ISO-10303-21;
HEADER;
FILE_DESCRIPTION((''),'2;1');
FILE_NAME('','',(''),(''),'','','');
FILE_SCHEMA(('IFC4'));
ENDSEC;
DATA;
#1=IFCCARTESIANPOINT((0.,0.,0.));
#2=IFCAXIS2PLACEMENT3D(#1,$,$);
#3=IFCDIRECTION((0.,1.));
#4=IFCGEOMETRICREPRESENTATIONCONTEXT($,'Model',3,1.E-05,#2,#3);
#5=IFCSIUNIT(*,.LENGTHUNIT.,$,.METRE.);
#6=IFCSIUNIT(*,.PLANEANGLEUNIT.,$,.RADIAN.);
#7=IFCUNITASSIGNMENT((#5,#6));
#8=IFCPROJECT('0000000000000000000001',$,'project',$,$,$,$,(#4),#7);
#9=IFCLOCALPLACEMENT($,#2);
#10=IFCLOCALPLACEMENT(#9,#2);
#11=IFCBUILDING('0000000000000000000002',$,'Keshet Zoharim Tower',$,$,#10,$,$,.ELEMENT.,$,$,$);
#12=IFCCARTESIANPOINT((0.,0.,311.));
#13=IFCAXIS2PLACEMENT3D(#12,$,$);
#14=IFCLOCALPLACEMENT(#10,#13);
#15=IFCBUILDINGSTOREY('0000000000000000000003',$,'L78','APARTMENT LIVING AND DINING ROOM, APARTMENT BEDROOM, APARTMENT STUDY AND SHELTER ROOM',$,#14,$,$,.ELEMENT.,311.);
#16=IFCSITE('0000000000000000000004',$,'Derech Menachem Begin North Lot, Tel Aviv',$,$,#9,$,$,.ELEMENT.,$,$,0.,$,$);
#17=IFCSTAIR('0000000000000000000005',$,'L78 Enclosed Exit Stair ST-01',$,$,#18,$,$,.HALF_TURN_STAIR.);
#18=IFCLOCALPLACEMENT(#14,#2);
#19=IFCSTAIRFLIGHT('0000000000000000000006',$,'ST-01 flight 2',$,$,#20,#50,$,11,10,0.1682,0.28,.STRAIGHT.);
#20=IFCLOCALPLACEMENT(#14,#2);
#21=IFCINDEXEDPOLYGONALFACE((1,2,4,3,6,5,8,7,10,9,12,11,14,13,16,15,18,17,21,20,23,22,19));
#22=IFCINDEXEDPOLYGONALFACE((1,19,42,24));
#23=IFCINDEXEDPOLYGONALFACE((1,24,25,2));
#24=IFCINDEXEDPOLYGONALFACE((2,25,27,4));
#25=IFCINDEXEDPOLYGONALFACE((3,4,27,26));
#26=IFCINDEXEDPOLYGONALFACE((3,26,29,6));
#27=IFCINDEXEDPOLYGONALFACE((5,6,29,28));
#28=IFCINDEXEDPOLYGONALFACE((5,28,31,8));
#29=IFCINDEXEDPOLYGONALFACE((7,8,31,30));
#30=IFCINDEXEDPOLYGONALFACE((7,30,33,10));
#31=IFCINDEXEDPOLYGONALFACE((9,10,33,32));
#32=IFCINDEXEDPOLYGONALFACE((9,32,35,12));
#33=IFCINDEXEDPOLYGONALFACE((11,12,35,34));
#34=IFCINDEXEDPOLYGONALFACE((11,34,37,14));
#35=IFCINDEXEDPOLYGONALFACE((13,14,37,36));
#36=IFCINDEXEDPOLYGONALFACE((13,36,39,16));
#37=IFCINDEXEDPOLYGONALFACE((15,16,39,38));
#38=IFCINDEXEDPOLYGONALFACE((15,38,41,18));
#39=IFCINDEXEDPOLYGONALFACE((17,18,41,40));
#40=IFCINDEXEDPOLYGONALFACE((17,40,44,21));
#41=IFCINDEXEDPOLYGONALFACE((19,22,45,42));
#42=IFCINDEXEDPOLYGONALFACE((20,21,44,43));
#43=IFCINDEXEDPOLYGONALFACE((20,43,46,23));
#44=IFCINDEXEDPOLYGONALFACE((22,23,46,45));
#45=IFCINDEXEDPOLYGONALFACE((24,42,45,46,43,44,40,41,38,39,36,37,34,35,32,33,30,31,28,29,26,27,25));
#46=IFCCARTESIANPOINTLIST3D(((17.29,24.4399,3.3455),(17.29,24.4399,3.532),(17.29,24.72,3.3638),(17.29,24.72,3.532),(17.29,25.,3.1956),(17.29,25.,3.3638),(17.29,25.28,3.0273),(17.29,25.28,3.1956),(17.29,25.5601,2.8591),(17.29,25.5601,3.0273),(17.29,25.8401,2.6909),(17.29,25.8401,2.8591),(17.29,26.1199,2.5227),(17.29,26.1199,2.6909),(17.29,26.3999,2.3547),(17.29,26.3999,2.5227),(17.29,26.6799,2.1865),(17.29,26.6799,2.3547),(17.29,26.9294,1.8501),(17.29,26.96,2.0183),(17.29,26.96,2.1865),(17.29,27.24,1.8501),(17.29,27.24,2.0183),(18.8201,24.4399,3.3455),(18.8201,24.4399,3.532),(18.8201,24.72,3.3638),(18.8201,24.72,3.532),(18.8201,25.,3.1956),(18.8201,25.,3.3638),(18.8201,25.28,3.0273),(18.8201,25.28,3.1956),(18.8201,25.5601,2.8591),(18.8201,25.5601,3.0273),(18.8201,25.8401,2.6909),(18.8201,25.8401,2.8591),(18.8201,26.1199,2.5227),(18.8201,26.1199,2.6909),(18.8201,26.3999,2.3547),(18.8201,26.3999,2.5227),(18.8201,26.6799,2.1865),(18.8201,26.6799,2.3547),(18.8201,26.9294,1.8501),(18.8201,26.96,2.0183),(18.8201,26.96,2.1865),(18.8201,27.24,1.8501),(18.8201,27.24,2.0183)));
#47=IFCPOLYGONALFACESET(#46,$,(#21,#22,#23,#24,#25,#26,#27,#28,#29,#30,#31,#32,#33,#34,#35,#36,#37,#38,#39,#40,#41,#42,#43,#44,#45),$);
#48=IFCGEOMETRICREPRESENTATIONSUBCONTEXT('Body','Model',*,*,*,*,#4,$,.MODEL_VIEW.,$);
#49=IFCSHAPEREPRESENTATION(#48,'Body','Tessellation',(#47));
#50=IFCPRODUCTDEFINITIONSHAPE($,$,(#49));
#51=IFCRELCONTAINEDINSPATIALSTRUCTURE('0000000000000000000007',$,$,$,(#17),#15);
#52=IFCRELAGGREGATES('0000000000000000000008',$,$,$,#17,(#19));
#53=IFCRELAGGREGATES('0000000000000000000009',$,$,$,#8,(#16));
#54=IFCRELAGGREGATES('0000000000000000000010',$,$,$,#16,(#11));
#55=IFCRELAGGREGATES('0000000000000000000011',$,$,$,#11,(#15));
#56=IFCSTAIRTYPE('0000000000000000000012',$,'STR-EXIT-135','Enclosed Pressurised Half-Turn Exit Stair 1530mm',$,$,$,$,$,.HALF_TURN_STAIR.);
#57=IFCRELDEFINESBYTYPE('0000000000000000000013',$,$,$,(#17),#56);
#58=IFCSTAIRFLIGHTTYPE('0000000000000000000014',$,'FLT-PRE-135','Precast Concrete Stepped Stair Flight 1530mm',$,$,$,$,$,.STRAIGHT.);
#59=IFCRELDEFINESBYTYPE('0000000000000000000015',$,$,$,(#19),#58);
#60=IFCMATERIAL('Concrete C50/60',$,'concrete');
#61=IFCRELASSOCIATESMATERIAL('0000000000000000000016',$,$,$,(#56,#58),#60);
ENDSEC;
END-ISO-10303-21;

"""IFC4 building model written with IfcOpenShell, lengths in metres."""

from ifc_helpers import new_model, si_unit, direction, frame, origin, place, context, subcontext, project, spatial, polyline, outline, extrude, material, type_object, element, aggregate, save


model = new_model("IFC4")

# Units and contexts
model_context = context("Model", 3, precision=1e-05, world=origin(), true_north=direction((0.0, 1.0)))
body_context = subcontext(model_context, "Body", "Model", "MODEL_VIEW")
ifc_project = project(units=[si_unit("LENGTHUNIT", "METRE"), si_unit("PLANEANGLEUNIT", "RADIAN")], contexts=[model_context])

# Site, building, storey
site_placement = place(None, origin())
site = spatial("IfcSite", under=ifc_project, at=site_placement, Name="Derech Menachem Begin North Lot, Tel Aviv", CompositionType="ELEMENT", RefElevation=0.0)
building_placement = place(site_placement, origin())
building = spatial("IfcBuilding", under=site, at=building_placement, Name="Keshet Zoharim Tower", CompositionType="ELEMENT")
storey_placement = place(building_placement, frame((0.0, 0.0, 311.0)))
storey = spatial("IfcBuildingStorey", under=building, at=storey_placement, Name="L78", Description="APARTMENT LIVING AND DINING ROOM, APARTMENT BEDROOM, APARTMENT STUDY AND SHELTER ROOM", CompositionType="ELEMENT", Elevation=311.0)

# Shared definitions
ifc_material_1 = material(Name="Concrete C50/60", Category="concrete")

# Stair, stair flight
stair_type = type_object("IfcStairType", Name="STR-EXIT-135", Description="Enclosed Pressurised Half-Turn Exit Stair 1530mm", PredefinedType="HALF_TURN_STAIR", material=ifc_material_1)
stair_placement = place(storey_placement, origin())
stair = element("IfcStair", 1, at=stair_placement, inside=storey, type_object=stair_type, Name="L78 Enclosed Exit Stair ST-01", PredefinedType="HALF_TURN_STAIR")
stair_flight_type = type_object("IfcStairFlightType", Name="FLT-PRE-135", Description="Precast Concrete Stepped Stair Flight 1530mm", PredefinedType="STRAIGHT", material=ifc_material_1)
stair_flight_1_placement = place(storey_placement, frame((18.0549, 27.24, 1.8501), z_axis=(0.0, 0.0, 1.0), x_axis=(0.0, -1.0, 0.0)))
stair_flight_1 = element("IfcStairFlight", 2, at=stair_flight_1_placement, type_object=stair_flight_type, Name="ST-01 flight 2", NumberOfRisers=11, NumberOfTreads=10, PredefinedType="STRAIGHT", RiserHeight=0.1682, TreadLength=0.28, context=body_context, shape_type="SweptSolid", body=[
    extrude(outline(polyline([(0.0, 0.0), (0.0, 0.1682), (0.28, 0.1682), (0.28, 0.3364), (0.5601, 0.3364), (0.5601, 0.5046), (0.8401, 0.5046), (0.8401, 0.6726), (1.1201, 0.6726), (1.1201, 0.8408), (1.3999, 0.8408), (1.3999, 1.009), (1.6799, 1.009), (1.6799, 1.1772), (1.96, 1.1772), (1.96, 1.3455), (2.24, 1.3455), (2.24, 1.5137), (2.52, 1.5137), (2.52, 1.6819), (2.8, 1.6819), (2.8, 1.8501), (2.8, 1.4954), (0.3105, 0.0), (0.0, 0.0)])), frame((0.0, 0.7651, 0.0), z_axis=(0.0, -1.0, 0.0), x_axis=(1.0, 0.0, 0.0)), (0.0, 0.0, 1.0), 1.53),
])
aggregate(stair, [stair_flight_1])

save(model, "model.ifc")
